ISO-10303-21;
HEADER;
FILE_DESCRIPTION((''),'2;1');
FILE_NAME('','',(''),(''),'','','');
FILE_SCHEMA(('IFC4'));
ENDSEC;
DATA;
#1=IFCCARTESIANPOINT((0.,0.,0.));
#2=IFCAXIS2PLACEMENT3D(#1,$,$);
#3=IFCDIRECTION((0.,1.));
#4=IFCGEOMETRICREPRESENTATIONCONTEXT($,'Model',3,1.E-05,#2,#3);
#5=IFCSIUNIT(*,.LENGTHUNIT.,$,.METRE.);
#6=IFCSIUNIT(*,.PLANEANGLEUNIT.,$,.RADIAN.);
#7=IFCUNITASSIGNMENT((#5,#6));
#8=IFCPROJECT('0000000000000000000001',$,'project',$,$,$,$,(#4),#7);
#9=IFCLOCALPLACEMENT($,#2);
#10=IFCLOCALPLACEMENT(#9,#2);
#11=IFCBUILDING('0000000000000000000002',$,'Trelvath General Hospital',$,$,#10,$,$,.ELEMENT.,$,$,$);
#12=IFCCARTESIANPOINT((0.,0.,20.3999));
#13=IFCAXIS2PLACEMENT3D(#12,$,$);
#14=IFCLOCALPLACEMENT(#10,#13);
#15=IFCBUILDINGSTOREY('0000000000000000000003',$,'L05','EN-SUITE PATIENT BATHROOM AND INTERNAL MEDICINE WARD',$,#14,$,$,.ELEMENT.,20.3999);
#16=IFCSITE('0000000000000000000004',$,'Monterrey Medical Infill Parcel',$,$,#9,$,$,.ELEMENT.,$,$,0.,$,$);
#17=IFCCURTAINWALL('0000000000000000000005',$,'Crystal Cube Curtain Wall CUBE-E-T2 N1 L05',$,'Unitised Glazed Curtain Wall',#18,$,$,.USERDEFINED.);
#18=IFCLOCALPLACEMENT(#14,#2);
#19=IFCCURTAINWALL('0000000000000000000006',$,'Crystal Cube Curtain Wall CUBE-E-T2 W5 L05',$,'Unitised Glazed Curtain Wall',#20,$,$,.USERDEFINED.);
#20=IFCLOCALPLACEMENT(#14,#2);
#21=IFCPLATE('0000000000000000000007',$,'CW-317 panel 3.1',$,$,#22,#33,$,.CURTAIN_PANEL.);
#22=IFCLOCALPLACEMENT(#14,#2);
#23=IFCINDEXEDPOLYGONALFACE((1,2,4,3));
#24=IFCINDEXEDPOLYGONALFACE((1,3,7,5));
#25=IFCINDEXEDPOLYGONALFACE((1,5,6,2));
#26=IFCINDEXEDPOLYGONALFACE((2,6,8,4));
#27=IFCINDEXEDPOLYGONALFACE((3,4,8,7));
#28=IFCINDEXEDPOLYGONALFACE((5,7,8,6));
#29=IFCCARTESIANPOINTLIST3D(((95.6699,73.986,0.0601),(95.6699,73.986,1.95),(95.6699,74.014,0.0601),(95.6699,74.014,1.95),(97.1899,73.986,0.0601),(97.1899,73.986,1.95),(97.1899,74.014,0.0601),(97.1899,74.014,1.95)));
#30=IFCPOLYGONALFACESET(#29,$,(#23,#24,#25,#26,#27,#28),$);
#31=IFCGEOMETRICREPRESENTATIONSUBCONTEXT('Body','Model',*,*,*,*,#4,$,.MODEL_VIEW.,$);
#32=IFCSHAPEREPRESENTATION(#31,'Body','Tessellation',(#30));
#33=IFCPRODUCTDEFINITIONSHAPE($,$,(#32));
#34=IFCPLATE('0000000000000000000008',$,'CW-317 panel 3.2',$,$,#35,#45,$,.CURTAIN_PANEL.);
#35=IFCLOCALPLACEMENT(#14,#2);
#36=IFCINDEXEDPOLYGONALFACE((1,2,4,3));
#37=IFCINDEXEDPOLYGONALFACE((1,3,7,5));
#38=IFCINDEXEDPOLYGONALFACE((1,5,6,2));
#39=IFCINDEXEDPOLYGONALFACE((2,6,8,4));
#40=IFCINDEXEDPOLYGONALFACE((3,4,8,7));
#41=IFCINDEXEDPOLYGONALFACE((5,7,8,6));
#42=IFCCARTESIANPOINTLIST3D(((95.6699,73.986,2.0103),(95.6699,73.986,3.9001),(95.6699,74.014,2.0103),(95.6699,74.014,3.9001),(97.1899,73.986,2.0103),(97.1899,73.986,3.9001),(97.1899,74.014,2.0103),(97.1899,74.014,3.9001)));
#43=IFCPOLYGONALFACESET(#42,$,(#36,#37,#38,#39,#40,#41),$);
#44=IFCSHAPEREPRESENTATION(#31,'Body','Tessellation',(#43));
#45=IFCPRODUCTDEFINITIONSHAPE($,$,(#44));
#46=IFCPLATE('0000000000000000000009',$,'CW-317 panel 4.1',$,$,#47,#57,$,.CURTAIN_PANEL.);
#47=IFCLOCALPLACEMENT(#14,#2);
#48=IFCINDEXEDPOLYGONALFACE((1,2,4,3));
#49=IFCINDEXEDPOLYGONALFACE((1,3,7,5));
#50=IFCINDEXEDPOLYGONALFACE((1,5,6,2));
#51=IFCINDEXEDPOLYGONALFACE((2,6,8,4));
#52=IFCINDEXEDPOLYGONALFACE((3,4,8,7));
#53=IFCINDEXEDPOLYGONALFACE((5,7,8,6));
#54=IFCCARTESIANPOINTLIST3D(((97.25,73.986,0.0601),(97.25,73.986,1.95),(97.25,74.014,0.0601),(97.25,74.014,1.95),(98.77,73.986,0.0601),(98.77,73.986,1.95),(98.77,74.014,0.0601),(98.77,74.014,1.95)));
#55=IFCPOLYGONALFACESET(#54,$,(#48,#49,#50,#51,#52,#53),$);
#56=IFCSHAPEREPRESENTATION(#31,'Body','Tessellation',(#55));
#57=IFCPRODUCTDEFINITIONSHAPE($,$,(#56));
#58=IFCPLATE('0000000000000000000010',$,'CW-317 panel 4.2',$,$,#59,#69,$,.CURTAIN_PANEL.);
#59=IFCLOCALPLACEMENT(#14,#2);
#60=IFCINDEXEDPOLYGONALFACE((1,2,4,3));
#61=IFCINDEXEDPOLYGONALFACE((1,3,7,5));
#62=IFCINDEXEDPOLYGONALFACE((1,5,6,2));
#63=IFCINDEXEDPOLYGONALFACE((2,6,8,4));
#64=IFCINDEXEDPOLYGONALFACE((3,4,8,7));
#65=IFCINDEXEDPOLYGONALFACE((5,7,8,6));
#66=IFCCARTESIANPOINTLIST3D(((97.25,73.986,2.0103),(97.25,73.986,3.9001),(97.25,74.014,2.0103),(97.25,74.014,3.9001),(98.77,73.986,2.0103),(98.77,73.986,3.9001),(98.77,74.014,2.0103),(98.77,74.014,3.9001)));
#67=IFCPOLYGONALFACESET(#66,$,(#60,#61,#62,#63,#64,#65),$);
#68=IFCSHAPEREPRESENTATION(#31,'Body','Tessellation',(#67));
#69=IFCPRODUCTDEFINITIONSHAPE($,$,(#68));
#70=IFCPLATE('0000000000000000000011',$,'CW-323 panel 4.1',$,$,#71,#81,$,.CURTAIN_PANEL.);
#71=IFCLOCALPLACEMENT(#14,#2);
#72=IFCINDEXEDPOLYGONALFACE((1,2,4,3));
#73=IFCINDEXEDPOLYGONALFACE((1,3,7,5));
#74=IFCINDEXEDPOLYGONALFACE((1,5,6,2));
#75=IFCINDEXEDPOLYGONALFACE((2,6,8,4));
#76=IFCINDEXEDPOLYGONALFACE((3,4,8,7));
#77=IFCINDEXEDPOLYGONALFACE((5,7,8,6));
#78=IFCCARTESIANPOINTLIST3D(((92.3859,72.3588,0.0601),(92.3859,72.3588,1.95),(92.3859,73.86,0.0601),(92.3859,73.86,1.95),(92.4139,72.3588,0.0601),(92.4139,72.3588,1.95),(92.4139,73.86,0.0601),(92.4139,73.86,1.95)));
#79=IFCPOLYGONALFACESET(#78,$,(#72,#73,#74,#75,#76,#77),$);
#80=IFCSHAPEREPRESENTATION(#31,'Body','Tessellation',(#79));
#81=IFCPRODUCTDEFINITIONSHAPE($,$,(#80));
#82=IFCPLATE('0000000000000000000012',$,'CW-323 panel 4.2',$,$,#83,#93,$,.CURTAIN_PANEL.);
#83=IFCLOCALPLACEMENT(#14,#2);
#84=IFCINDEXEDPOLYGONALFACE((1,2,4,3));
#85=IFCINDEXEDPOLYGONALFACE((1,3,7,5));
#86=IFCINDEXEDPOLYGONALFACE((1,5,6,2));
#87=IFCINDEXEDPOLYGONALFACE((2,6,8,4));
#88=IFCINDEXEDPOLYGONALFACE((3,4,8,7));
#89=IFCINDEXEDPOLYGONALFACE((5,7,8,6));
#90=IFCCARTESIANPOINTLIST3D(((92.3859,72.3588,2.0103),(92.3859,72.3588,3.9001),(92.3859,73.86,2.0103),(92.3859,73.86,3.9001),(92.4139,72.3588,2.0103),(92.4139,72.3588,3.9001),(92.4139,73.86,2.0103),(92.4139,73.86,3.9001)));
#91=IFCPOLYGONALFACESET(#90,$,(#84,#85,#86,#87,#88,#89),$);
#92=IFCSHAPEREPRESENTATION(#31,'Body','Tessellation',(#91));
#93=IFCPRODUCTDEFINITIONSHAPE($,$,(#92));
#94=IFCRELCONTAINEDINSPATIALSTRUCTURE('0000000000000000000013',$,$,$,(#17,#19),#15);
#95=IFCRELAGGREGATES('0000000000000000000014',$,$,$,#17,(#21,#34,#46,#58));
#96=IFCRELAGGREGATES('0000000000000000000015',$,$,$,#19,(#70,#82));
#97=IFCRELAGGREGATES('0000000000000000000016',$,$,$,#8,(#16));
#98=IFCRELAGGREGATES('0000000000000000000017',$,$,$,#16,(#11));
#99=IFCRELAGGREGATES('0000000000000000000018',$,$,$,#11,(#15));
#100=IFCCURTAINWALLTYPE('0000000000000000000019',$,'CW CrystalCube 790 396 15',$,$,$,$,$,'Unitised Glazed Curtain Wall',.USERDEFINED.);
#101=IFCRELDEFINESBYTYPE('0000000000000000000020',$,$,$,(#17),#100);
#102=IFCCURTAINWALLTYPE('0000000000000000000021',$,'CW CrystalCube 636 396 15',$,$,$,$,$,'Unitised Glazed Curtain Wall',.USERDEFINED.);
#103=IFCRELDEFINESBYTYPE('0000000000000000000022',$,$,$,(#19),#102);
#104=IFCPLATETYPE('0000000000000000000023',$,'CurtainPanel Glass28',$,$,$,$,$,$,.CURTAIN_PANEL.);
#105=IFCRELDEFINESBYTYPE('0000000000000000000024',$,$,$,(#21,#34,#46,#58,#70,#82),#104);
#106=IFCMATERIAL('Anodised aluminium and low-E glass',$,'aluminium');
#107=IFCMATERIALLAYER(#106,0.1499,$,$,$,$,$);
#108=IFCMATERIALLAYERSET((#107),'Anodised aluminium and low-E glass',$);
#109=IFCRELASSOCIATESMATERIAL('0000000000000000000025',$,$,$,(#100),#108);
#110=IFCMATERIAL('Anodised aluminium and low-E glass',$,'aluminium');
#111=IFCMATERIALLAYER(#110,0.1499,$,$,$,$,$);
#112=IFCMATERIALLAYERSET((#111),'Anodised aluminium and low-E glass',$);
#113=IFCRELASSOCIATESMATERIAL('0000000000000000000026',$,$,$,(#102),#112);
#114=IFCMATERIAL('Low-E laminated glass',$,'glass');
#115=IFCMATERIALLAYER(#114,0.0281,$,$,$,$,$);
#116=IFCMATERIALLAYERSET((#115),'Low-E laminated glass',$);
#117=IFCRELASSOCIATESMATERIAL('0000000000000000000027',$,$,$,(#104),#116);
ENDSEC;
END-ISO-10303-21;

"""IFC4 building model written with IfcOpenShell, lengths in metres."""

from ifc_helpers import new_model, si_unit, direction, frame, origin, origin_2d, place, context, subcontext, project, spatial, rectangle, extrude, material, layer, layer_set, type_object, element, aggregate, save


model = new_model("IFC4")

# Units and contexts
model_context = context("Model", 3, precision=1e-05, world=origin(), true_north=direction((0.0, 1.0)))
body_context = subcontext(model_context, "Body", "Model", "MODEL_VIEW")
ifc_project = project(units=[si_unit("LENGTHUNIT", "METRE"), si_unit("PLANEANGLEUNIT", "RADIAN")], contexts=[model_context])

# Site, building, storey
site_placement = place(None, origin())
site = spatial("IfcSite", under=ifc_project, at=site_placement, Name="Monterrey Medical Infill Parcel", CompositionType="ELEMENT", RefElevation=0.0)
building_placement = place(site_placement, origin())
building = spatial("IfcBuilding", under=site, at=building_placement, Name="Trelvath General Hospital", CompositionType="ELEMENT")
storey_placement = place(building_placement, frame((0.0, 0.0, 20.3999)))
storey = spatial("IfcBuildingStorey", under=building, at=storey_placement, Name="L05", Description="EN-SUITE PATIENT BATHROOM AND INTERNAL MEDICINE WARD", CompositionType="ELEMENT", Elevation=20.3999)

# Curtain wall
ifc_material_1 = material(Name="Anodised aluminium and low-E glass", Category="aluminium")
ifc_layer_1 = layer(ifc_material_1, 0.1499)
ifc_layer_set_1 = layer_set([ifc_layer_1], Name="Anodised aluminium and low-E glass")
curtain_wall_type_1 = type_object("IfcCurtainWallType", Name="CW CrystalCube 790 396 15", ElementType="Unitised Glazed Curtain Wall", PredefinedType="USERDEFINED", material=ifc_layer_set_1)
curtain_wall_1_placement = place(storey_placement, origin())
curtain_wall_1 = element("IfcCurtainWall", 1, at=curtain_wall_1_placement, inside=storey, type_object=curtain_wall_type_1, Name="Crystal Cube Curtain Wall CUBE-E-T2 N1 L05", ObjectType="Unitised Glazed Curtain Wall", PredefinedType="USERDEFINED")

# Curtain wall
ifc_material_2 = material(Name="Anodised aluminium and low-E glass", Category="aluminium")
ifc_layer_2 = layer(ifc_material_2, 0.1499)
ifc_layer_set_2 = layer_set([ifc_layer_2], Name="Anodised aluminium and low-E glass")
curtain_wall_type_2 = type_object("IfcCurtainWallType", Name="CW CrystalCube 636 396 15", ElementType="Unitised Glazed Curtain Wall", PredefinedType="USERDEFINED", material=ifc_layer_set_2)
curtain_wall_2_placement = place(storey_placement, origin())
curtain_wall_2 = element("IfcCurtainWall", 2, at=curtain_wall_2_placement, inside=storey, type_object=curtain_wall_type_2, Name="Crystal Cube Curtain Wall CUBE-E-T2 W5 L05", ObjectType="Unitised Glazed Curtain Wall", PredefinedType="USERDEFINED")

# Plates
ifc_material_3 = material(Name="Low-E laminated glass", Category="glass")
ifc_layer_3 = layer(ifc_material_3, 0.0281)
ifc_layer_set_3 = layer_set([ifc_layer_3], Name="Low-E laminated glass")
plate_type = type_object("IfcPlateType", Name="CurtainPanel Glass28", PredefinedType="CURTAIN_PANEL", material=ifc_layer_set_3)
plate_1_placement = place(storey_placement, frame((96.4299, 74.0, 0.0601), z_axis=(0.0, 0.0, 1.0), x_axis=(1.0, 0.0, 0.0)))
plate_1 = element("IfcPlate", 3, at=plate_1_placement, type_object=plate_type, Name="CW-317 panel 3.1", PredefinedType="CURTAIN_PANEL", context=body_context, shape_type="SweptSolid", body=[
    extrude(rectangle(XDim=1.52, YDim=0.0281, at=origin_2d()), origin(), (0.0, 0.0, 1.0), 1.8899),
])
plate_2_placement = place(storey_placement, frame((96.4299, 74.0, 2.0103), z_axis=(0.0, 0.0, 1.0), x_axis=(1.0, 0.0, 0.0)))
plate_2 = element("IfcPlate", 4, at=plate_2_placement, type_object=plate_type, Name="CW-317 panel 3.2", PredefinedType="CURTAIN_PANEL", context=body_context, shape_type="SweptSolid", body=[
    extrude(rectangle(XDim=1.52, YDim=0.0281, at=origin_2d()), origin(), (0.0, 0.0, 1.0), 1.8899),
])
plate_3_placement = place(storey_placement, frame((98.01, 74.0, 0.0601), z_axis=(0.0, 0.0, 1.0), x_axis=(1.0, 0.0, 0.0)))
plate_3 = element("IfcPlate", 5, at=plate_3_placement, type_object=plate_type, Name="CW-317 panel 4.1", PredefinedType="CURTAIN_PANEL", context=body_context, shape_type="SweptSolid", body=[
    extrude(rectangle(XDim=1.52, YDim=0.0281, at=origin_2d()), origin(), (0.0, 0.0, 1.0), 1.8899),
])
plate_4_placement = place(storey_placement, frame((98.01, 74.0, 2.0103), z_axis=(0.0, 0.0, 1.0), x_axis=(1.0, 0.0, 0.0)))
plate_4 = element("IfcPlate", 6, at=plate_4_placement, type_object=plate_type, Name="CW-317 panel 4.2", PredefinedType="CURTAIN_PANEL", context=body_context, shape_type="SweptSolid", body=[
    extrude(rectangle(XDim=1.52, YDim=0.0281, at=origin_2d()), origin(), (0.0, 0.0, 1.0), 1.8899),
])
aggregate(curtain_wall_1, [plate_1, plate_2, plate_3, plate_4])
plate_5_placement = place(storey_placement, frame((92.3999, 73.1094, 0.0601), z_axis=(0.0, 0.0, 1.0), x_axis=(0.0, 1.0, 0.0)))
plate_5 = element("IfcPlate", 7, at=plate_5_placement, type_object=plate_type, Name="CW-323 panel 4.1", PredefinedType="CURTAIN_PANEL", context=body_context, shape_type="SweptSolid", body=[
    extrude(rectangle(XDim=1.5012, YDim=0.0281, at=origin_2d()), origin(), (0.0, 0.0, 1.0), 1.8899),
])
plate_6_placement = place(storey_placement, frame((92.3999, 73.1094, 2.0103), z_axis=(0.0, 0.0, 1.0), x_axis=(0.0, 1.0, 0.0)))
plate_6 = element("IfcPlate", 8, at=plate_6_placement, type_object=plate_type, Name="CW-323 panel 4.2", PredefinedType="CURTAIN_PANEL", context=body_context, shape_type="SweptSolid", body=[
    extrude(rectangle(XDim=1.5012, YDim=0.0281, at=origin_2d()), origin(), (0.0, 0.0, 1.0), 1.8899),
])
aggregate(curtain_wall_2, [plate_5, plate_6])

save(model, "model.ifc")
